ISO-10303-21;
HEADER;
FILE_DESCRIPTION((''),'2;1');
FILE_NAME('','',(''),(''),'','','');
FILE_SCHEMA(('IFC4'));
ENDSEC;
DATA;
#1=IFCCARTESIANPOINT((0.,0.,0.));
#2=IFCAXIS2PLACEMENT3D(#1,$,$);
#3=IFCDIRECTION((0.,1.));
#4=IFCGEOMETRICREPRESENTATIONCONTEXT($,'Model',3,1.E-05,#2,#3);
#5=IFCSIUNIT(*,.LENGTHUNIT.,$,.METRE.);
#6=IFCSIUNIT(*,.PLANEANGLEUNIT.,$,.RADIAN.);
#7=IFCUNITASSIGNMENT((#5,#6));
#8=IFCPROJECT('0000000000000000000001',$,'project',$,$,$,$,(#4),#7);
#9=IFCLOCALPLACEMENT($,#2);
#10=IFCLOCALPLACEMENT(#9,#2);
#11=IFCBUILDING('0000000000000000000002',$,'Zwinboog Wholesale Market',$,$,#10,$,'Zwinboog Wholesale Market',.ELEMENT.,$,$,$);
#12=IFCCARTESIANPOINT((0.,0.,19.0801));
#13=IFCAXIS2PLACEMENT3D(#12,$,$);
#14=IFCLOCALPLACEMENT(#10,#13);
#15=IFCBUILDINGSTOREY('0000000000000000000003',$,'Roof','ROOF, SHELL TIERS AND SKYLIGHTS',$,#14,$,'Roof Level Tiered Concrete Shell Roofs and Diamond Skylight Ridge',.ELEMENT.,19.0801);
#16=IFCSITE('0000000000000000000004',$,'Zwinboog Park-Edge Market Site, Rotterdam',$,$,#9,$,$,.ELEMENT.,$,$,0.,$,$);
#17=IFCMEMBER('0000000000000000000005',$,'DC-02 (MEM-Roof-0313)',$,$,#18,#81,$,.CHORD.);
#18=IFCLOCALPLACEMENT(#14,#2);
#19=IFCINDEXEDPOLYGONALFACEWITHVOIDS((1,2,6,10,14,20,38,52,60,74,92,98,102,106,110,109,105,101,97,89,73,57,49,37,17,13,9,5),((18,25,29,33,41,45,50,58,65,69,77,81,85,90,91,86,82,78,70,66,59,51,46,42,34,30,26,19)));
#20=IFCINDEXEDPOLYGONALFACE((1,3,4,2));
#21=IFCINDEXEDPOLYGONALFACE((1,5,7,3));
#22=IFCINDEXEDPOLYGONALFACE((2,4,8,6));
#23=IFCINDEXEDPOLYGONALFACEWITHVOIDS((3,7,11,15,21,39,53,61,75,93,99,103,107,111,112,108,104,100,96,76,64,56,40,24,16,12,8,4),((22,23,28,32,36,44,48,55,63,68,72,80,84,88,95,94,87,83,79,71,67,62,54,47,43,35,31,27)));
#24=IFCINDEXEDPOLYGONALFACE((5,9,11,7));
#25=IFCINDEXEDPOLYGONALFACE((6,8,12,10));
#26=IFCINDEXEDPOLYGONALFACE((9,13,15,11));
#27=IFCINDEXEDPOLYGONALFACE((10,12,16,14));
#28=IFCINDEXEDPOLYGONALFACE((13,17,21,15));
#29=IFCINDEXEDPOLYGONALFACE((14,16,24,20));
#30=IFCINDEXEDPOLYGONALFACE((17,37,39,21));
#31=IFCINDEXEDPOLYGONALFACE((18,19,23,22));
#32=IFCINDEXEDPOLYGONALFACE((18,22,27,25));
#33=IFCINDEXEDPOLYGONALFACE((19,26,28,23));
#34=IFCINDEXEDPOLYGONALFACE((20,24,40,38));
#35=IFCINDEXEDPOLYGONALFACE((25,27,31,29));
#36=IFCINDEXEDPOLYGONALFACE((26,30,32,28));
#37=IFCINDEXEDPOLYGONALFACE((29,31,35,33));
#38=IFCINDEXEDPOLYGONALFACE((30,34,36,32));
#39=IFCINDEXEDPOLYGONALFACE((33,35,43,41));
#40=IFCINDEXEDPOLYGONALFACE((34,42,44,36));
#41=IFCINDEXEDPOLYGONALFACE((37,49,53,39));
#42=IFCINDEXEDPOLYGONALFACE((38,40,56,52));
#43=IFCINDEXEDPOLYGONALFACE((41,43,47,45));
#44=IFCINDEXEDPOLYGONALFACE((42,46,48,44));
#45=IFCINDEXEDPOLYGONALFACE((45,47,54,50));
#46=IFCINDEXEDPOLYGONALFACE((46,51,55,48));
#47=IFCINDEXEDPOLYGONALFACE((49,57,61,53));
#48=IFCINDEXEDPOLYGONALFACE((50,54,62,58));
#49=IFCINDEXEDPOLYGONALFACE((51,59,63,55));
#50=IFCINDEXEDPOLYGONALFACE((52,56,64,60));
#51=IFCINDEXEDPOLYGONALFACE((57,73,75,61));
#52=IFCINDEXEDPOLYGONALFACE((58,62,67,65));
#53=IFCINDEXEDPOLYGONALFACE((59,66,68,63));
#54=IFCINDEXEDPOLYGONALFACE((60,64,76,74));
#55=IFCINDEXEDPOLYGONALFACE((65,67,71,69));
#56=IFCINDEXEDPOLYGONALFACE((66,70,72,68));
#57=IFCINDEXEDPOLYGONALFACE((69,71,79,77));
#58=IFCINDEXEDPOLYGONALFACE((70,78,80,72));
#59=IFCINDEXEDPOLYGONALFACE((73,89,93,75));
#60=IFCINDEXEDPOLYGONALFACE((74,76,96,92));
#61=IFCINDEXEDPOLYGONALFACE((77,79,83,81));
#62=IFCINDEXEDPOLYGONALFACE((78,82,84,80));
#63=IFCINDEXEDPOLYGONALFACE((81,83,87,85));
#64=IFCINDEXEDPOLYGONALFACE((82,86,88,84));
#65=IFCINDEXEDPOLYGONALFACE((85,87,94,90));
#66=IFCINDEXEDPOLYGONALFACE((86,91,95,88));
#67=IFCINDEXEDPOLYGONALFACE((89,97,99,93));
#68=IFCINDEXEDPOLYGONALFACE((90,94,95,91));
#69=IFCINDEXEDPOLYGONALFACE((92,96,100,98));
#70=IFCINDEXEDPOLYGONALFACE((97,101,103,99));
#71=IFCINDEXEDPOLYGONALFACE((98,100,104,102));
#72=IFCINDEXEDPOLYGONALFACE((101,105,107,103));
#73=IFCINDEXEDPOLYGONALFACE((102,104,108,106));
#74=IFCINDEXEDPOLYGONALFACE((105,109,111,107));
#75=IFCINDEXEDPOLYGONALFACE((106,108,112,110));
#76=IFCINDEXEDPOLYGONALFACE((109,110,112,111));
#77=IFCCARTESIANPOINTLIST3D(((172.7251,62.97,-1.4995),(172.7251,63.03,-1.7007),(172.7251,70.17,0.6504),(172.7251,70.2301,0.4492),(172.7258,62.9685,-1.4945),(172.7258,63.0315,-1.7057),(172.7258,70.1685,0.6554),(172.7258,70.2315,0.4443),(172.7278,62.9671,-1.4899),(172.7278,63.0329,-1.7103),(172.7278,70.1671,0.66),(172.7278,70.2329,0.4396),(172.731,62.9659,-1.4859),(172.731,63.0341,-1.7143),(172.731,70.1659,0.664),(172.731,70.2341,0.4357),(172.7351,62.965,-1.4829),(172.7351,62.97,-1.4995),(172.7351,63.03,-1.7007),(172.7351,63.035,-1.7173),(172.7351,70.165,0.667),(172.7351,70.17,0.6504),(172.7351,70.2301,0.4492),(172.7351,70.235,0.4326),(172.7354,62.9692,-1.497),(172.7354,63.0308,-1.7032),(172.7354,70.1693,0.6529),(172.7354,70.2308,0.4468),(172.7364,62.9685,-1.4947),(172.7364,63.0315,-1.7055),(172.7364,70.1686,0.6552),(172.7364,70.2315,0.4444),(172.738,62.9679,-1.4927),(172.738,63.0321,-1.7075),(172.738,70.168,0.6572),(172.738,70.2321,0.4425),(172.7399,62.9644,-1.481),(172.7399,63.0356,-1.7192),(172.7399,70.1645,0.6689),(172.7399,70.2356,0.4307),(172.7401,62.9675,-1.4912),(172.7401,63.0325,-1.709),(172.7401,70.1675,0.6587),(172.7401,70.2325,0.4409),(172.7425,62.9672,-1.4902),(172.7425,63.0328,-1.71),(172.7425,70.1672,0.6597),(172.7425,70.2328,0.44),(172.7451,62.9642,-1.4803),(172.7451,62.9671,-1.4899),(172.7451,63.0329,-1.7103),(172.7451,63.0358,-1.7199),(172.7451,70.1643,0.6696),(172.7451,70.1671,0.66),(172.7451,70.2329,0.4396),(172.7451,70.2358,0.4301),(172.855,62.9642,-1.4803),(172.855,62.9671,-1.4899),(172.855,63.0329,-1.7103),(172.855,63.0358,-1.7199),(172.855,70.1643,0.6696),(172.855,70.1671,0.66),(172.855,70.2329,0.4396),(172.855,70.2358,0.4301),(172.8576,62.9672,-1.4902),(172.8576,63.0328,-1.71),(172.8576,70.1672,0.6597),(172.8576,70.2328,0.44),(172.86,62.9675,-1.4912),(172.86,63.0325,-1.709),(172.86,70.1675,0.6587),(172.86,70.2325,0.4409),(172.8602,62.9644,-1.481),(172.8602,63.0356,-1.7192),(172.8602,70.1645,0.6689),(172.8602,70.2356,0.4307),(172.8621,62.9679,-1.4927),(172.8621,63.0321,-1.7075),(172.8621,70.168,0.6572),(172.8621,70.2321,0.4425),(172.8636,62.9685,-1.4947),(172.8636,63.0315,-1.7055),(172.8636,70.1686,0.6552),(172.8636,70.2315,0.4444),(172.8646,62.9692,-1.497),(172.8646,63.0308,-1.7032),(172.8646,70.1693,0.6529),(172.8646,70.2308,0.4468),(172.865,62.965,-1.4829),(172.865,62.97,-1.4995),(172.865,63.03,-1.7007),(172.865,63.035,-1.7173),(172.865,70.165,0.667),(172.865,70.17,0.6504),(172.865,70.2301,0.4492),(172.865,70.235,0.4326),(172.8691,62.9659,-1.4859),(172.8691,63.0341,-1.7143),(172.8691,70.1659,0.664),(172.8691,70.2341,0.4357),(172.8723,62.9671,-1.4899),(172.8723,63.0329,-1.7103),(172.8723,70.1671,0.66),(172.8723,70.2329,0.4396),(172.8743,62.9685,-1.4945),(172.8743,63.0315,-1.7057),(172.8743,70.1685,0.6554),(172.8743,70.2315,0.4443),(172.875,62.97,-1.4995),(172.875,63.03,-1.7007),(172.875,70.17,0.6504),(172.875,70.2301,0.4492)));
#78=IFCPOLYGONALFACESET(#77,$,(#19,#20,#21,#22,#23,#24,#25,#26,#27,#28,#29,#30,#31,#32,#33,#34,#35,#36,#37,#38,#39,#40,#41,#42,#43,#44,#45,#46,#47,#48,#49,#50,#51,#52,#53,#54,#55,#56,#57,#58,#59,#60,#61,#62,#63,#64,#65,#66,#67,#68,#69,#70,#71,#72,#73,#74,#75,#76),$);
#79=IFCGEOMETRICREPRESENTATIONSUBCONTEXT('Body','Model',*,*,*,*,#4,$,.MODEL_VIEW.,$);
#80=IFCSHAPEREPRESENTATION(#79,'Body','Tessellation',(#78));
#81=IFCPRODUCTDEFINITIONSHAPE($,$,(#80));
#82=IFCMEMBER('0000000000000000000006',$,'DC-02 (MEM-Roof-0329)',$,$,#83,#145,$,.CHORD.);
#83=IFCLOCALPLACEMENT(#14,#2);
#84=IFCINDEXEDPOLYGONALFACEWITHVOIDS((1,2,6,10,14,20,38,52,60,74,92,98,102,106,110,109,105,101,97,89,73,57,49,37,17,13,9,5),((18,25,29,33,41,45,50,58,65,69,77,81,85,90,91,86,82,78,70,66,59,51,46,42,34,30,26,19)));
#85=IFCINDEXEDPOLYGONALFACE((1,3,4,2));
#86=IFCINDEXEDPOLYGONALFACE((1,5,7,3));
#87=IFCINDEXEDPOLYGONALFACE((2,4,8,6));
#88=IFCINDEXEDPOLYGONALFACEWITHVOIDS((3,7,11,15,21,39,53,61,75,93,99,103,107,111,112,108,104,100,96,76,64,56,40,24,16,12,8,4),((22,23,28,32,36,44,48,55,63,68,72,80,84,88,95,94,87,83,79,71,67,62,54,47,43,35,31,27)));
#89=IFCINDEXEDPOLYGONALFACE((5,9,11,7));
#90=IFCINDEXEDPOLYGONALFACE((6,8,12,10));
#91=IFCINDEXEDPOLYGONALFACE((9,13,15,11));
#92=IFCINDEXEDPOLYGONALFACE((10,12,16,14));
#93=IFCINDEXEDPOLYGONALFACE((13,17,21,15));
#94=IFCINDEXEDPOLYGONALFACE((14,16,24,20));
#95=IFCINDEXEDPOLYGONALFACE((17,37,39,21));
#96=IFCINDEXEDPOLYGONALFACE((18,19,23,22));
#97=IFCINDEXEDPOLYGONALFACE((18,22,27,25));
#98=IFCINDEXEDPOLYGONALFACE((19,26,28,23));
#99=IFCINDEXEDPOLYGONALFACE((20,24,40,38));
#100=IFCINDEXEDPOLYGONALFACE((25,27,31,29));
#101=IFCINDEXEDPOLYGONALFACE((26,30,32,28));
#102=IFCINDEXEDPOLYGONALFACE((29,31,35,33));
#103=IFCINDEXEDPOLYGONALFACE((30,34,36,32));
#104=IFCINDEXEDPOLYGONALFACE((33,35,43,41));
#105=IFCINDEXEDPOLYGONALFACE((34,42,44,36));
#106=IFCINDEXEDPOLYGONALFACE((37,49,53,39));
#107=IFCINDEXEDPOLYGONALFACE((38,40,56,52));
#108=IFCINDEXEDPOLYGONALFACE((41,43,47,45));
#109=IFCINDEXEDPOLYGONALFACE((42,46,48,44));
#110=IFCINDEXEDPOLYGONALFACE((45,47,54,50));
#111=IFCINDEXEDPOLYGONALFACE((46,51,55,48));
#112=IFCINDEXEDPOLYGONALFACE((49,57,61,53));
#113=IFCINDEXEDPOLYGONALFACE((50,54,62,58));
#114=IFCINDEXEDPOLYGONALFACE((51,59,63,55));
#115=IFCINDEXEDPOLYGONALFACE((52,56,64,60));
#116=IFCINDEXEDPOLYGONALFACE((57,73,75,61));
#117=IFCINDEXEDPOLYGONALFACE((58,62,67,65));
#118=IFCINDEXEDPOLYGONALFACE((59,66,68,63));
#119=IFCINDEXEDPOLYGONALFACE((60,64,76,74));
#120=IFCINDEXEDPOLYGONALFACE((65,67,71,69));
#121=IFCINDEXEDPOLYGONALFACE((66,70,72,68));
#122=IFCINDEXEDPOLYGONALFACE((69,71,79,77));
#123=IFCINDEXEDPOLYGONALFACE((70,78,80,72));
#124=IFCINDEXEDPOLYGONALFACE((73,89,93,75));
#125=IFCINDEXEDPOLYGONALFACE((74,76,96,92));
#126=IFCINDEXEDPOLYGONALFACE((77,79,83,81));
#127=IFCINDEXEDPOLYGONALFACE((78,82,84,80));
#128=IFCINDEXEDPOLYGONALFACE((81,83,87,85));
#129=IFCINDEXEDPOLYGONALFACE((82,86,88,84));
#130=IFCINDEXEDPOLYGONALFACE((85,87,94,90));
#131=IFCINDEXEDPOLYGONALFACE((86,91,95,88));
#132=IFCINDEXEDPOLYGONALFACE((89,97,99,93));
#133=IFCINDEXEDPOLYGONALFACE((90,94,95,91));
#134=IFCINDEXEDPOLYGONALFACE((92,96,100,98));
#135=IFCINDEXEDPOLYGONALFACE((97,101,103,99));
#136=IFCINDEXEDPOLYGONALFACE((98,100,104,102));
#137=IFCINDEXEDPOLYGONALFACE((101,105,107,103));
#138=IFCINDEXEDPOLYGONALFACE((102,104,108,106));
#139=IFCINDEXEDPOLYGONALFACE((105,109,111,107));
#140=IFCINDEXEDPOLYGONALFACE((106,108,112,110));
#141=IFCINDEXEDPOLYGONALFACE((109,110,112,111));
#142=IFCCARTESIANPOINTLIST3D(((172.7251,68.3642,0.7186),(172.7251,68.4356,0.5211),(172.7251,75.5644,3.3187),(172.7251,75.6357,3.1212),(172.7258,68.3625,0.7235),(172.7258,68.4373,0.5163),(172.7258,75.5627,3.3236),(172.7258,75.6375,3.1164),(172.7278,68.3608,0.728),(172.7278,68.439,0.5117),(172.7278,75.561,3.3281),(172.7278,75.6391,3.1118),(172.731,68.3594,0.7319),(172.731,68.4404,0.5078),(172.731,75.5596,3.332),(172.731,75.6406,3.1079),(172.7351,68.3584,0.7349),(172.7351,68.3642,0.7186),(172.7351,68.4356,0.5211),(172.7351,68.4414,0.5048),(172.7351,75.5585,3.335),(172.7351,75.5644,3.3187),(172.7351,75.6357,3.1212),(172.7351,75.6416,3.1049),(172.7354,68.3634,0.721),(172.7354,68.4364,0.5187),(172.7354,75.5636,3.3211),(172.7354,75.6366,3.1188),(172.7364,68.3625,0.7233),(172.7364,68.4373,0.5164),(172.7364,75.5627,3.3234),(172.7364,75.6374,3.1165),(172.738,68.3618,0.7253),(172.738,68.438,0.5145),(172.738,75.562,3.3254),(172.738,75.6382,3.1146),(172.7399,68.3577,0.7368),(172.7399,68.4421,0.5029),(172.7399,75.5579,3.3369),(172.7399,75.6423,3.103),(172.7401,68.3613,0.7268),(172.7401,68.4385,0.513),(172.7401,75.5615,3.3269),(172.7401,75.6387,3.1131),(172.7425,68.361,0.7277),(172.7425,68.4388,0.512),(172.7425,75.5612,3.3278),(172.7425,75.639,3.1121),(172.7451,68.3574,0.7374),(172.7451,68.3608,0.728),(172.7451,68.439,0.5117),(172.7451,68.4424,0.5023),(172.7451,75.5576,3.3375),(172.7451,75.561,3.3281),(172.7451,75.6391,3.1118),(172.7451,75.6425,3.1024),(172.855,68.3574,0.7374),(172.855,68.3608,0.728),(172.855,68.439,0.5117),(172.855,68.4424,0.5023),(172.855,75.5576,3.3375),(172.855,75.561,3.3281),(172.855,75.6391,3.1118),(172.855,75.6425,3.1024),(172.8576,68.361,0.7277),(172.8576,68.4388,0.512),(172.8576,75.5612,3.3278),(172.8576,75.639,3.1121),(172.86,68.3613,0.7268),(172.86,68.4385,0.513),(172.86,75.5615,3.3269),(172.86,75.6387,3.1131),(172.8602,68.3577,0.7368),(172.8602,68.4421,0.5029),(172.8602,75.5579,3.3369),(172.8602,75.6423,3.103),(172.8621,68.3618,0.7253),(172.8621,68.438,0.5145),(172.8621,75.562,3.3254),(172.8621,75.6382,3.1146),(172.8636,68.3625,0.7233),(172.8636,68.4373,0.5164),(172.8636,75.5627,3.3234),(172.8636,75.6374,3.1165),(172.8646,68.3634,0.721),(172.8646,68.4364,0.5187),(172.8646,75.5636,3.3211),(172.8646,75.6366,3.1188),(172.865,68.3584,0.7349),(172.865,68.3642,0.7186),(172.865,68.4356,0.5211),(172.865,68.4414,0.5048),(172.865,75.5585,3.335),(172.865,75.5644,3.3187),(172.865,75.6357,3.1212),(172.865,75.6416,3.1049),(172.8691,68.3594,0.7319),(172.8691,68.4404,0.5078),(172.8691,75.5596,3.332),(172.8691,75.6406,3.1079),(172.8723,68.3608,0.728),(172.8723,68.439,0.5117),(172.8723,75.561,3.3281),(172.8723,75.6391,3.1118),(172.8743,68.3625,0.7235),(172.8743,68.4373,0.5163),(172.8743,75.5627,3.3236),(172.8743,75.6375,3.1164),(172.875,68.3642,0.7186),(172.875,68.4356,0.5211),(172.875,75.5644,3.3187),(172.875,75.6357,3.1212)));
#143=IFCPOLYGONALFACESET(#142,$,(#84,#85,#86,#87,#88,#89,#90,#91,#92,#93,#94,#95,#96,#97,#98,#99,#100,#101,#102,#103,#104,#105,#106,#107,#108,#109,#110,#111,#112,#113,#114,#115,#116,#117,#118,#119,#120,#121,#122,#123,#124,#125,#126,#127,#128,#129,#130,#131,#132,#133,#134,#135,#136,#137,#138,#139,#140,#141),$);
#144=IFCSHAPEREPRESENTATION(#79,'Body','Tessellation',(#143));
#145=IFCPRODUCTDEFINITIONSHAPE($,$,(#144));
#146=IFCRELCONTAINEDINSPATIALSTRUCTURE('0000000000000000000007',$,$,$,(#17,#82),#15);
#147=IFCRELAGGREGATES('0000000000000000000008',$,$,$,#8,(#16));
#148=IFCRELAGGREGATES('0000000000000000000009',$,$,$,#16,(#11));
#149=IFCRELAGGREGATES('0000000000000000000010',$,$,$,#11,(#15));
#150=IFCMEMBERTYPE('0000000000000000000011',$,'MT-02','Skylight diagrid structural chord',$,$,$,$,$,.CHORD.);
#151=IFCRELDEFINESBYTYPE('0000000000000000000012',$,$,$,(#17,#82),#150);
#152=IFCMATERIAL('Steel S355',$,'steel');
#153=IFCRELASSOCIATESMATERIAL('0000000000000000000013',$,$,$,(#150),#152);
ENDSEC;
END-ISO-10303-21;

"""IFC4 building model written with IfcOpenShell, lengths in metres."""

from ifc_helpers import new_model, si_unit, direction, frame, origin, origin_2d, place, context, subcontext, project, spatial, hollow_rectangle, extrude, material, material_profile, profile_set, type_object, element, save


model = new_model("IFC4")

# Units and contexts
model_context = context("Model", 3, precision=1e-05, world=origin(), true_north=direction((0.0, 1.0)))
body_context = subcontext(model_context, "Body", "Model", "MODEL_VIEW")
ifc_project = project(units=[si_unit("LENGTHUNIT", "METRE"), si_unit("PLANEANGLEUNIT", "RADIAN")], contexts=[model_context])

# Site, building, storey
site_placement = place(None, origin())
site = spatial("IfcSite", under=ifc_project, at=site_placement, Name="Zwinboog Park-Edge Market Site, Rotterdam", CompositionType="ELEMENT", RefElevation=0.0)
building_placement = place(site_placement, origin())
building = spatial("IfcBuilding", under=site, at=building_placement, Name="Zwinboog Wholesale Market", LongName="Zwinboog Wholesale Market", CompositionType="ELEMENT")
storey_placement = place(building_placement, frame((0.0, 0.0, 19.0801)))
storey = spatial("IfcBuildingStorey", under=building, at=storey_placement, Name="Roof", Description="ROOF, SHELL TIERS AND SKYLIGHTS", LongName="Roof Level Tiered Concrete Shell Roofs and Diamond Skylight Ridge", CompositionType="ELEMENT", Elevation=19.0801)

# Shared definitions
ifc_material_1 = material(Name="Steel S355", Category="steel")

# Members
ifc_material_profile_1 = material_profile(ifc_material_1, hollow_rectangle(XDim=0.1499, YDim=0.25, WallThickness=0.01, InnerFilletRadius=0.01, OuterFilletRadius=0.02, at=origin_2d()), Name="RHS 250x150x10")
ifc_profile_set_1 = profile_set([ifc_material_profile_1], Name="Steel S355")
member_type_1 = type_object("IfcMemberType", Name="MT-02", Description="Skylight diagrid structural chord", PredefinedType="CHORD", material=ifc_profile_set_1)
member_1_placement = place(storey_placement, frame((172.8, 63.0, -1.6001), z_axis=(0.0, 0.958195, 0.286117), x_axis=(-1.0, 0.0, 0.0)))
element("IfcMember", 1, at=member_1_placement, inside=storey, type_object=member_type_1, Name="DC-02 (MEM-Roof-0313)", PredefinedType="CHORD", context=body_context, shape_type="SweptSolid", body=[
    extrude(hollow_rectangle(XDim=0.1499, YDim=0.25, WallThickness=0.01, InnerFilletRadius=0.01, OuterFilletRadius=0.02, at=origin_2d()), origin(), (0.0, 0.0, 1.0), 7.5142),
])
member_2_placement = place(storey_placement, frame((172.8, 68.3999, 0.6199), z_axis=(0.0, 0.940553, 0.339648), x_axis=(-1.0, 0.0, 0.0)))
element("IfcMember", 2, at=member_2_placement, inside=storey, type_object=member_type_1, Name="DC-02 (MEM-Roof-0329)", PredefinedType="CHORD", context=body_context, shape_type="SweptSolid", body=[
    extrude(hollow_rectangle(XDim=0.1499, YDim=0.25, WallThickness=0.01, InnerFilletRadius=0.01, OuterFilletRadius=0.02, at=origin_2d()), origin(), (0.0, 0.0, 1.0), 7.6553),
])

save(model, "model.ifc")
